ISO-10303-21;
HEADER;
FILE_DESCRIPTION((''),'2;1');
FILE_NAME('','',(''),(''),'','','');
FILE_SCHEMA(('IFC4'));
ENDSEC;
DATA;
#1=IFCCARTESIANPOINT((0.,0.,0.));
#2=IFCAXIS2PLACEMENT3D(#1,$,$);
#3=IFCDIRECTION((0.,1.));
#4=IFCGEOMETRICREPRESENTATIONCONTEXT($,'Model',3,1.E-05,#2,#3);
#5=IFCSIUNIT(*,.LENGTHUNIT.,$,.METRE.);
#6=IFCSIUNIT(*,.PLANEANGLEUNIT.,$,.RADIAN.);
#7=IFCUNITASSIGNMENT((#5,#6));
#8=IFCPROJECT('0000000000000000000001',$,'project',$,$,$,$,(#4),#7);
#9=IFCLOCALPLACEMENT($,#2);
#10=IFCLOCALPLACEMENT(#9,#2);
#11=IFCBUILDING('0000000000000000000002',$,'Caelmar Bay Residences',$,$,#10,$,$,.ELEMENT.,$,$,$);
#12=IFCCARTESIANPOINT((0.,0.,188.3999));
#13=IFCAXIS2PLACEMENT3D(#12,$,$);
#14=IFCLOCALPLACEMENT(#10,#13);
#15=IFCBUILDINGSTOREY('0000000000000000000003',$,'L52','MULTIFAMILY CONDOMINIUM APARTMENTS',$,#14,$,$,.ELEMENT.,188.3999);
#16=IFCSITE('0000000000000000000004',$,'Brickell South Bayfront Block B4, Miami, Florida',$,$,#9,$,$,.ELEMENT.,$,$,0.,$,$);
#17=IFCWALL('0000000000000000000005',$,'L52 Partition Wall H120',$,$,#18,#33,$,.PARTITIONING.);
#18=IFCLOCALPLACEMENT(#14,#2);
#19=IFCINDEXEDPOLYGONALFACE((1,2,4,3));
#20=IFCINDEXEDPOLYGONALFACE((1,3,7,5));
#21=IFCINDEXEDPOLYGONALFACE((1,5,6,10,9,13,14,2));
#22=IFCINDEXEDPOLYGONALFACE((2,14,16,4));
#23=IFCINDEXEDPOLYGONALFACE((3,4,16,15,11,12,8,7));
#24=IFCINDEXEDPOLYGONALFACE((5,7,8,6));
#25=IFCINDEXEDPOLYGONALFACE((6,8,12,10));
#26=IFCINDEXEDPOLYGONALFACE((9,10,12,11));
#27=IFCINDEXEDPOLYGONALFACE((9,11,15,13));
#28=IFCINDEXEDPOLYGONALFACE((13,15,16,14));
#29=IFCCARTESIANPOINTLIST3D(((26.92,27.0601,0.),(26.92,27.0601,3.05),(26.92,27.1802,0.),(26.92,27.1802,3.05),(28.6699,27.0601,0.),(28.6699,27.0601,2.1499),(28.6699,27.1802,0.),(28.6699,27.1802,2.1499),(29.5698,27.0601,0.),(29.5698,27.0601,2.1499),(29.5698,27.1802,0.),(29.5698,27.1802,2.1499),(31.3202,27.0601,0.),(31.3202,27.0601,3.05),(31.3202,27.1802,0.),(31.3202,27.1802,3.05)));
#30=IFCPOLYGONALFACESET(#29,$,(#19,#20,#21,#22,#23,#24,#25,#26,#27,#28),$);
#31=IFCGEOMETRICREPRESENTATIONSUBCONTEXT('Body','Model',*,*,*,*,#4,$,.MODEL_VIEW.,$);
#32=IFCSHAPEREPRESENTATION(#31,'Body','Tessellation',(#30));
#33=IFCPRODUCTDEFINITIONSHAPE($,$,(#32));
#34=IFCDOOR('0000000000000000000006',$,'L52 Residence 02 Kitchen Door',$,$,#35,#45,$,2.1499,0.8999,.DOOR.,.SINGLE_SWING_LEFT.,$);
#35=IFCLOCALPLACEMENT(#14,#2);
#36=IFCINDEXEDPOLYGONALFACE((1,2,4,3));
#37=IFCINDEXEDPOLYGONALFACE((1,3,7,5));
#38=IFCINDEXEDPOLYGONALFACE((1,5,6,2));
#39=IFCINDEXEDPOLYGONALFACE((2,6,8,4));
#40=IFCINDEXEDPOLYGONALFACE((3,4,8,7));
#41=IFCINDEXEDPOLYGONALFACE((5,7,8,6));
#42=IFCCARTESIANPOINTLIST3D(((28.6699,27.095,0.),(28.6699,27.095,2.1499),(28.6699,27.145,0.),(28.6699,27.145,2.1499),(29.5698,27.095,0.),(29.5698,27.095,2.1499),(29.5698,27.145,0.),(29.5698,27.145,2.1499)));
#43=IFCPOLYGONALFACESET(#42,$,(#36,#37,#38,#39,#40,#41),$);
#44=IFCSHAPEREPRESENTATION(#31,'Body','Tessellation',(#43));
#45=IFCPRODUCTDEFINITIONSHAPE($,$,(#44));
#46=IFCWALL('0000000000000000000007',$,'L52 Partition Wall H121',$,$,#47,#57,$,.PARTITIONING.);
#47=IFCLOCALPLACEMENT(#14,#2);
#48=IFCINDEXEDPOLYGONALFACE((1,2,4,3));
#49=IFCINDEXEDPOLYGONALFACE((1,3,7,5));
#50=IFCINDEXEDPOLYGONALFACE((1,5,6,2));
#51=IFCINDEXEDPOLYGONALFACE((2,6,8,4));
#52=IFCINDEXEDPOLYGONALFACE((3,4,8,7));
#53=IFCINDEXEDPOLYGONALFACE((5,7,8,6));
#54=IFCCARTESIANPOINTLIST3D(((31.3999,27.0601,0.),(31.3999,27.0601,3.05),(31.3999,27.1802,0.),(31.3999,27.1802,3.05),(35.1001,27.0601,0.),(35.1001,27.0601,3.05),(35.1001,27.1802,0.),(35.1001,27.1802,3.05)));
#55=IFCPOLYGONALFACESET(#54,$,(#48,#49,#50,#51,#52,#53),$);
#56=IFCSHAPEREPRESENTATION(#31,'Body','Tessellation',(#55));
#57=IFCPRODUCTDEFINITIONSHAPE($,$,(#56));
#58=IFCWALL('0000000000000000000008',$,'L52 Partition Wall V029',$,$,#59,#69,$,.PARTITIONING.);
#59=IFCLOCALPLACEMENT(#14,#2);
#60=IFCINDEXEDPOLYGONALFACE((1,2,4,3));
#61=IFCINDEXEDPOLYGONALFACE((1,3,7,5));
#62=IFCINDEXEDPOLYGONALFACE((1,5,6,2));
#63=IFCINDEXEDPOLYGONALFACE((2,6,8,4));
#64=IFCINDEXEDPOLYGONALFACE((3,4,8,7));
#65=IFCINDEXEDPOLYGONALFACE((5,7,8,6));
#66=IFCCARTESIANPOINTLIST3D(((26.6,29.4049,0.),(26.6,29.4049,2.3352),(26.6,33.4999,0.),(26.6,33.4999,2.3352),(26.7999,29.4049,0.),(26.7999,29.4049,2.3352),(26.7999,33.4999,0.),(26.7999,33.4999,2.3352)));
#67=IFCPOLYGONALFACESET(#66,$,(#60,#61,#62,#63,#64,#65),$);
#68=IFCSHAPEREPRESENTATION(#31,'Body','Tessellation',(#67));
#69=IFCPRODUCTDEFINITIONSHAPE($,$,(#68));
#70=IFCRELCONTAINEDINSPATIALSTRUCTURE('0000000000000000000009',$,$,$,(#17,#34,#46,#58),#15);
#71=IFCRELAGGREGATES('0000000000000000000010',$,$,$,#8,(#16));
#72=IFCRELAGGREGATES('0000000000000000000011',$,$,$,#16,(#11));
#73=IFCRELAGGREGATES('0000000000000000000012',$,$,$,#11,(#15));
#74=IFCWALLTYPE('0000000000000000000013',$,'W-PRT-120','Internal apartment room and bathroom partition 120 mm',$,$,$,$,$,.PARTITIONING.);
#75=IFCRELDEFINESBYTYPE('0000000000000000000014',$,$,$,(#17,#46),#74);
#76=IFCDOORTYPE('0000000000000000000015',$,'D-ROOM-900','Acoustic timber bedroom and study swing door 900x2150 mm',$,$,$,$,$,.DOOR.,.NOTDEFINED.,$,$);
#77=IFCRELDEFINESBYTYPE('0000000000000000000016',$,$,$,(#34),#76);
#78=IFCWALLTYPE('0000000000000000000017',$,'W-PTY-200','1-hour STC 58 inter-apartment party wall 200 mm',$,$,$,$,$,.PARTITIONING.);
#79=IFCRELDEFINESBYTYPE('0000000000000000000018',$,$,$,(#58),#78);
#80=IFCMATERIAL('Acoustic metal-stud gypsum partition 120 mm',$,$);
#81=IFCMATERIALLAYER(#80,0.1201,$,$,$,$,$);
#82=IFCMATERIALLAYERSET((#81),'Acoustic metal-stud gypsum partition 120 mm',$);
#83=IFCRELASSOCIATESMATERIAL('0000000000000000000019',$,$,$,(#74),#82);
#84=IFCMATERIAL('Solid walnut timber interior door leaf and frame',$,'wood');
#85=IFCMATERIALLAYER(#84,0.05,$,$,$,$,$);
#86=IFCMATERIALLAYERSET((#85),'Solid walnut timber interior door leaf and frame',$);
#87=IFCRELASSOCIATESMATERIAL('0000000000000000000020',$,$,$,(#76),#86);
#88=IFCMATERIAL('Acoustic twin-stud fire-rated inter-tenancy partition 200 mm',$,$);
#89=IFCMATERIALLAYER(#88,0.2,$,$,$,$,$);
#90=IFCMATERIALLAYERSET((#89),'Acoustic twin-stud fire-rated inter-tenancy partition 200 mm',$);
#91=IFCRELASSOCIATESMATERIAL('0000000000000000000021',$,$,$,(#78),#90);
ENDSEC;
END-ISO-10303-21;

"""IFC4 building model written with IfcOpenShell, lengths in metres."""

from ifc_helpers import new_model, si_unit, direction, frame, frame_2d, origin, place, context, subcontext, project, spatial, rectangle, extrude, material, layer, layer_set, type_object, element, fill, save


model = new_model("IFC4")

# Units and contexts
model_context = context("Model", 3, precision=1e-05, world=origin(), true_north=direction((0.0, 1.0)))
body_context = subcontext(model_context, "Body", "Model", "MODEL_VIEW")
ifc_project = project(units=[si_unit("LENGTHUNIT", "METRE"), si_unit("PLANEANGLEUNIT", "RADIAN")], contexts=[model_context])

# Site, building, storey
site_placement = place(None, origin())
site = spatial("IfcSite", under=ifc_project, at=site_placement, Name="Brickell South Bayfront Block B4, Miami, Florida", CompositionType="ELEMENT", RefElevation=0.0)
building_placement = place(site_placement, origin())
building = spatial("IfcBuilding", under=site, at=building_placement, Name="Caelmar Bay Residences", CompositionType="ELEMENT")
storey_placement = place(building_placement, frame((0.0, 0.0, 188.3999)))
storey = spatial("IfcBuildingStorey", under=building, at=storey_placement, Name="L52", Description="MULTIFAMILY CONDOMINIUM APARTMENTS", CompositionType="ELEMENT", Elevation=188.3999)

# Shared definitions
ifc_material_1 = material(Name="Acoustic metal-stud gypsum partition 120 mm")
ifc_layer_1 = layer(ifc_material_1, 0.1201)
ifc_layer_set_1 = layer_set([ifc_layer_1], Name="Acoustic metal-stud gypsum partition 120 mm")
wall_type_1 = type_object("IfcWallType", Name="W-PRT-120", Description="Internal apartment room and bathroom partition 120 mm", PredefinedType="PARTITIONING", material=ifc_layer_set_1)

# Wall, opening, door
ifc_material_2 = material(Name="Solid walnut timber interior door leaf and frame", Category="wood")
wall_1_placement = place(storey_placement, frame((26.9199, 27.1201, 0.0), z_axis=(0.0, 0.0, 1.0), x_axis=(1.0, 0.0, 0.0)))
wall_1 = element("IfcWall", 1, at=wall_1_placement, inside=storey, type_object=wall_type_1, Name="L52 Partition Wall H120", PredefinedType="PARTITIONING", context=body_context, shape_type="SweptSolid", body=[
    extrude(rectangle(XDim=4.4001, YDim=0.1201, at=frame_2d((2.2002, 0.0))), origin(), (0.0, 0.0, 1.0), 3.05),
])
opening_1_placement = place(wall_1_placement, frame((1.75, 0.0, 0.0)))
opening_1 = element("IfcOpeningElement", 2, at=opening_1_placement, cuts=wall_1, PredefinedType="OPENING", context=body_context, shape_type="SweptSolid", body=[
    extrude(rectangle(XDim=0.8999, YDim=2.1499, at=frame_2d((0.45, 1.075))), frame((0.0, 0.0701, 0.0), z_axis=(0.0, -1.0, 0.0), x_axis=(1.0, 0.0, 0.0)), (0.0, 0.0, 1.0), 0.1401),
])
ifc_layer_2 = layer(ifc_material_2, 0.05)
ifc_layer_set_2 = layer_set([ifc_layer_2], Name="Solid walnut timber interior door leaf and frame")
door_type_1 = type_object("IfcDoorType", Name="D-ROOM-900", Description="Acoustic timber bedroom and study swing door 900x2150 mm", OperationType="NOTDEFINED", PredefinedType="DOOR", material=ifc_layer_set_2)
door_1_placement = place(opening_1_placement, origin())
door_1 = element("IfcDoor", 3, at=door_1_placement, inside=storey, type_object=door_type_1, Name="L52 Residence 02 Kitchen Door", OperationType="SINGLE_SWING_LEFT", OverallHeight=2.1499, OverallWidth=0.8999, PredefinedType="DOOR", context=body_context, shape_type="SweptSolid", body=[
    extrude(rectangle(XDim=0.8999, YDim=2.1499, at=frame_2d((0.45, 1.075))), frame((0.0, 0.0249, 0.0), z_axis=(0.0, -1.0, 0.0), x_axis=(1.0, 0.0, 0.0)), (0.0, 0.0, 1.0), 0.05),
])
fill(opening_1, door_1)

# Walls
wall_2_placement = place(storey_placement, frame((31.3999, 27.1201, 0.0), z_axis=(0.0, 0.0, 1.0), x_axis=(1.0, 0.0, 0.0)))
element("IfcWall", 4, at=wall_2_placement, inside=storey, type_object=wall_type_1, Name="L52 Partition Wall H121", PredefinedType="PARTITIONING", context=body_context, shape_type="SweptSolid", body=[
    extrude(rectangle(XDim=3.7002, YDim=0.1201, at=frame_2d((1.8501, 0.0))), origin(), (0.0, 0.0, 1.0), 3.05),
])
ifc_material_3 = material(Name="Acoustic twin-stud fire-rated inter-tenancy partition 200 mm")
ifc_layer_3 = layer(ifc_material_3, 0.2)
ifc_layer_set_3 = layer_set([ifc_layer_3], Name="Acoustic twin-stud fire-rated inter-tenancy partition 200 mm")
wall_type_2 = type_object("IfcWallType", Name="W-PTY-200", Description="1-hour STC 58 inter-apartment party wall 200 mm", PredefinedType="PARTITIONING", material=ifc_layer_set_3)
wall_3_placement = place(storey_placement, frame((26.7, 29.405, 0.0), z_axis=(0.0, 0.0, 1.0), x_axis=(0.0, 1.0, 0.0)))
element("IfcWall", 5, at=wall_3_placement, inside=storey, type_object=wall_type_2, Name="L52 Partition Wall V029", PredefinedType="PARTITIONING", context=body_context, shape_type="SweptSolid", body=[
    extrude(rectangle(XDim=4.095, YDim=0.2, at=frame_2d((2.0474, 0.0))), origin(), (0.0, 0.0, 1.0), 2.3352),
])

save(model, "model.ifc")
